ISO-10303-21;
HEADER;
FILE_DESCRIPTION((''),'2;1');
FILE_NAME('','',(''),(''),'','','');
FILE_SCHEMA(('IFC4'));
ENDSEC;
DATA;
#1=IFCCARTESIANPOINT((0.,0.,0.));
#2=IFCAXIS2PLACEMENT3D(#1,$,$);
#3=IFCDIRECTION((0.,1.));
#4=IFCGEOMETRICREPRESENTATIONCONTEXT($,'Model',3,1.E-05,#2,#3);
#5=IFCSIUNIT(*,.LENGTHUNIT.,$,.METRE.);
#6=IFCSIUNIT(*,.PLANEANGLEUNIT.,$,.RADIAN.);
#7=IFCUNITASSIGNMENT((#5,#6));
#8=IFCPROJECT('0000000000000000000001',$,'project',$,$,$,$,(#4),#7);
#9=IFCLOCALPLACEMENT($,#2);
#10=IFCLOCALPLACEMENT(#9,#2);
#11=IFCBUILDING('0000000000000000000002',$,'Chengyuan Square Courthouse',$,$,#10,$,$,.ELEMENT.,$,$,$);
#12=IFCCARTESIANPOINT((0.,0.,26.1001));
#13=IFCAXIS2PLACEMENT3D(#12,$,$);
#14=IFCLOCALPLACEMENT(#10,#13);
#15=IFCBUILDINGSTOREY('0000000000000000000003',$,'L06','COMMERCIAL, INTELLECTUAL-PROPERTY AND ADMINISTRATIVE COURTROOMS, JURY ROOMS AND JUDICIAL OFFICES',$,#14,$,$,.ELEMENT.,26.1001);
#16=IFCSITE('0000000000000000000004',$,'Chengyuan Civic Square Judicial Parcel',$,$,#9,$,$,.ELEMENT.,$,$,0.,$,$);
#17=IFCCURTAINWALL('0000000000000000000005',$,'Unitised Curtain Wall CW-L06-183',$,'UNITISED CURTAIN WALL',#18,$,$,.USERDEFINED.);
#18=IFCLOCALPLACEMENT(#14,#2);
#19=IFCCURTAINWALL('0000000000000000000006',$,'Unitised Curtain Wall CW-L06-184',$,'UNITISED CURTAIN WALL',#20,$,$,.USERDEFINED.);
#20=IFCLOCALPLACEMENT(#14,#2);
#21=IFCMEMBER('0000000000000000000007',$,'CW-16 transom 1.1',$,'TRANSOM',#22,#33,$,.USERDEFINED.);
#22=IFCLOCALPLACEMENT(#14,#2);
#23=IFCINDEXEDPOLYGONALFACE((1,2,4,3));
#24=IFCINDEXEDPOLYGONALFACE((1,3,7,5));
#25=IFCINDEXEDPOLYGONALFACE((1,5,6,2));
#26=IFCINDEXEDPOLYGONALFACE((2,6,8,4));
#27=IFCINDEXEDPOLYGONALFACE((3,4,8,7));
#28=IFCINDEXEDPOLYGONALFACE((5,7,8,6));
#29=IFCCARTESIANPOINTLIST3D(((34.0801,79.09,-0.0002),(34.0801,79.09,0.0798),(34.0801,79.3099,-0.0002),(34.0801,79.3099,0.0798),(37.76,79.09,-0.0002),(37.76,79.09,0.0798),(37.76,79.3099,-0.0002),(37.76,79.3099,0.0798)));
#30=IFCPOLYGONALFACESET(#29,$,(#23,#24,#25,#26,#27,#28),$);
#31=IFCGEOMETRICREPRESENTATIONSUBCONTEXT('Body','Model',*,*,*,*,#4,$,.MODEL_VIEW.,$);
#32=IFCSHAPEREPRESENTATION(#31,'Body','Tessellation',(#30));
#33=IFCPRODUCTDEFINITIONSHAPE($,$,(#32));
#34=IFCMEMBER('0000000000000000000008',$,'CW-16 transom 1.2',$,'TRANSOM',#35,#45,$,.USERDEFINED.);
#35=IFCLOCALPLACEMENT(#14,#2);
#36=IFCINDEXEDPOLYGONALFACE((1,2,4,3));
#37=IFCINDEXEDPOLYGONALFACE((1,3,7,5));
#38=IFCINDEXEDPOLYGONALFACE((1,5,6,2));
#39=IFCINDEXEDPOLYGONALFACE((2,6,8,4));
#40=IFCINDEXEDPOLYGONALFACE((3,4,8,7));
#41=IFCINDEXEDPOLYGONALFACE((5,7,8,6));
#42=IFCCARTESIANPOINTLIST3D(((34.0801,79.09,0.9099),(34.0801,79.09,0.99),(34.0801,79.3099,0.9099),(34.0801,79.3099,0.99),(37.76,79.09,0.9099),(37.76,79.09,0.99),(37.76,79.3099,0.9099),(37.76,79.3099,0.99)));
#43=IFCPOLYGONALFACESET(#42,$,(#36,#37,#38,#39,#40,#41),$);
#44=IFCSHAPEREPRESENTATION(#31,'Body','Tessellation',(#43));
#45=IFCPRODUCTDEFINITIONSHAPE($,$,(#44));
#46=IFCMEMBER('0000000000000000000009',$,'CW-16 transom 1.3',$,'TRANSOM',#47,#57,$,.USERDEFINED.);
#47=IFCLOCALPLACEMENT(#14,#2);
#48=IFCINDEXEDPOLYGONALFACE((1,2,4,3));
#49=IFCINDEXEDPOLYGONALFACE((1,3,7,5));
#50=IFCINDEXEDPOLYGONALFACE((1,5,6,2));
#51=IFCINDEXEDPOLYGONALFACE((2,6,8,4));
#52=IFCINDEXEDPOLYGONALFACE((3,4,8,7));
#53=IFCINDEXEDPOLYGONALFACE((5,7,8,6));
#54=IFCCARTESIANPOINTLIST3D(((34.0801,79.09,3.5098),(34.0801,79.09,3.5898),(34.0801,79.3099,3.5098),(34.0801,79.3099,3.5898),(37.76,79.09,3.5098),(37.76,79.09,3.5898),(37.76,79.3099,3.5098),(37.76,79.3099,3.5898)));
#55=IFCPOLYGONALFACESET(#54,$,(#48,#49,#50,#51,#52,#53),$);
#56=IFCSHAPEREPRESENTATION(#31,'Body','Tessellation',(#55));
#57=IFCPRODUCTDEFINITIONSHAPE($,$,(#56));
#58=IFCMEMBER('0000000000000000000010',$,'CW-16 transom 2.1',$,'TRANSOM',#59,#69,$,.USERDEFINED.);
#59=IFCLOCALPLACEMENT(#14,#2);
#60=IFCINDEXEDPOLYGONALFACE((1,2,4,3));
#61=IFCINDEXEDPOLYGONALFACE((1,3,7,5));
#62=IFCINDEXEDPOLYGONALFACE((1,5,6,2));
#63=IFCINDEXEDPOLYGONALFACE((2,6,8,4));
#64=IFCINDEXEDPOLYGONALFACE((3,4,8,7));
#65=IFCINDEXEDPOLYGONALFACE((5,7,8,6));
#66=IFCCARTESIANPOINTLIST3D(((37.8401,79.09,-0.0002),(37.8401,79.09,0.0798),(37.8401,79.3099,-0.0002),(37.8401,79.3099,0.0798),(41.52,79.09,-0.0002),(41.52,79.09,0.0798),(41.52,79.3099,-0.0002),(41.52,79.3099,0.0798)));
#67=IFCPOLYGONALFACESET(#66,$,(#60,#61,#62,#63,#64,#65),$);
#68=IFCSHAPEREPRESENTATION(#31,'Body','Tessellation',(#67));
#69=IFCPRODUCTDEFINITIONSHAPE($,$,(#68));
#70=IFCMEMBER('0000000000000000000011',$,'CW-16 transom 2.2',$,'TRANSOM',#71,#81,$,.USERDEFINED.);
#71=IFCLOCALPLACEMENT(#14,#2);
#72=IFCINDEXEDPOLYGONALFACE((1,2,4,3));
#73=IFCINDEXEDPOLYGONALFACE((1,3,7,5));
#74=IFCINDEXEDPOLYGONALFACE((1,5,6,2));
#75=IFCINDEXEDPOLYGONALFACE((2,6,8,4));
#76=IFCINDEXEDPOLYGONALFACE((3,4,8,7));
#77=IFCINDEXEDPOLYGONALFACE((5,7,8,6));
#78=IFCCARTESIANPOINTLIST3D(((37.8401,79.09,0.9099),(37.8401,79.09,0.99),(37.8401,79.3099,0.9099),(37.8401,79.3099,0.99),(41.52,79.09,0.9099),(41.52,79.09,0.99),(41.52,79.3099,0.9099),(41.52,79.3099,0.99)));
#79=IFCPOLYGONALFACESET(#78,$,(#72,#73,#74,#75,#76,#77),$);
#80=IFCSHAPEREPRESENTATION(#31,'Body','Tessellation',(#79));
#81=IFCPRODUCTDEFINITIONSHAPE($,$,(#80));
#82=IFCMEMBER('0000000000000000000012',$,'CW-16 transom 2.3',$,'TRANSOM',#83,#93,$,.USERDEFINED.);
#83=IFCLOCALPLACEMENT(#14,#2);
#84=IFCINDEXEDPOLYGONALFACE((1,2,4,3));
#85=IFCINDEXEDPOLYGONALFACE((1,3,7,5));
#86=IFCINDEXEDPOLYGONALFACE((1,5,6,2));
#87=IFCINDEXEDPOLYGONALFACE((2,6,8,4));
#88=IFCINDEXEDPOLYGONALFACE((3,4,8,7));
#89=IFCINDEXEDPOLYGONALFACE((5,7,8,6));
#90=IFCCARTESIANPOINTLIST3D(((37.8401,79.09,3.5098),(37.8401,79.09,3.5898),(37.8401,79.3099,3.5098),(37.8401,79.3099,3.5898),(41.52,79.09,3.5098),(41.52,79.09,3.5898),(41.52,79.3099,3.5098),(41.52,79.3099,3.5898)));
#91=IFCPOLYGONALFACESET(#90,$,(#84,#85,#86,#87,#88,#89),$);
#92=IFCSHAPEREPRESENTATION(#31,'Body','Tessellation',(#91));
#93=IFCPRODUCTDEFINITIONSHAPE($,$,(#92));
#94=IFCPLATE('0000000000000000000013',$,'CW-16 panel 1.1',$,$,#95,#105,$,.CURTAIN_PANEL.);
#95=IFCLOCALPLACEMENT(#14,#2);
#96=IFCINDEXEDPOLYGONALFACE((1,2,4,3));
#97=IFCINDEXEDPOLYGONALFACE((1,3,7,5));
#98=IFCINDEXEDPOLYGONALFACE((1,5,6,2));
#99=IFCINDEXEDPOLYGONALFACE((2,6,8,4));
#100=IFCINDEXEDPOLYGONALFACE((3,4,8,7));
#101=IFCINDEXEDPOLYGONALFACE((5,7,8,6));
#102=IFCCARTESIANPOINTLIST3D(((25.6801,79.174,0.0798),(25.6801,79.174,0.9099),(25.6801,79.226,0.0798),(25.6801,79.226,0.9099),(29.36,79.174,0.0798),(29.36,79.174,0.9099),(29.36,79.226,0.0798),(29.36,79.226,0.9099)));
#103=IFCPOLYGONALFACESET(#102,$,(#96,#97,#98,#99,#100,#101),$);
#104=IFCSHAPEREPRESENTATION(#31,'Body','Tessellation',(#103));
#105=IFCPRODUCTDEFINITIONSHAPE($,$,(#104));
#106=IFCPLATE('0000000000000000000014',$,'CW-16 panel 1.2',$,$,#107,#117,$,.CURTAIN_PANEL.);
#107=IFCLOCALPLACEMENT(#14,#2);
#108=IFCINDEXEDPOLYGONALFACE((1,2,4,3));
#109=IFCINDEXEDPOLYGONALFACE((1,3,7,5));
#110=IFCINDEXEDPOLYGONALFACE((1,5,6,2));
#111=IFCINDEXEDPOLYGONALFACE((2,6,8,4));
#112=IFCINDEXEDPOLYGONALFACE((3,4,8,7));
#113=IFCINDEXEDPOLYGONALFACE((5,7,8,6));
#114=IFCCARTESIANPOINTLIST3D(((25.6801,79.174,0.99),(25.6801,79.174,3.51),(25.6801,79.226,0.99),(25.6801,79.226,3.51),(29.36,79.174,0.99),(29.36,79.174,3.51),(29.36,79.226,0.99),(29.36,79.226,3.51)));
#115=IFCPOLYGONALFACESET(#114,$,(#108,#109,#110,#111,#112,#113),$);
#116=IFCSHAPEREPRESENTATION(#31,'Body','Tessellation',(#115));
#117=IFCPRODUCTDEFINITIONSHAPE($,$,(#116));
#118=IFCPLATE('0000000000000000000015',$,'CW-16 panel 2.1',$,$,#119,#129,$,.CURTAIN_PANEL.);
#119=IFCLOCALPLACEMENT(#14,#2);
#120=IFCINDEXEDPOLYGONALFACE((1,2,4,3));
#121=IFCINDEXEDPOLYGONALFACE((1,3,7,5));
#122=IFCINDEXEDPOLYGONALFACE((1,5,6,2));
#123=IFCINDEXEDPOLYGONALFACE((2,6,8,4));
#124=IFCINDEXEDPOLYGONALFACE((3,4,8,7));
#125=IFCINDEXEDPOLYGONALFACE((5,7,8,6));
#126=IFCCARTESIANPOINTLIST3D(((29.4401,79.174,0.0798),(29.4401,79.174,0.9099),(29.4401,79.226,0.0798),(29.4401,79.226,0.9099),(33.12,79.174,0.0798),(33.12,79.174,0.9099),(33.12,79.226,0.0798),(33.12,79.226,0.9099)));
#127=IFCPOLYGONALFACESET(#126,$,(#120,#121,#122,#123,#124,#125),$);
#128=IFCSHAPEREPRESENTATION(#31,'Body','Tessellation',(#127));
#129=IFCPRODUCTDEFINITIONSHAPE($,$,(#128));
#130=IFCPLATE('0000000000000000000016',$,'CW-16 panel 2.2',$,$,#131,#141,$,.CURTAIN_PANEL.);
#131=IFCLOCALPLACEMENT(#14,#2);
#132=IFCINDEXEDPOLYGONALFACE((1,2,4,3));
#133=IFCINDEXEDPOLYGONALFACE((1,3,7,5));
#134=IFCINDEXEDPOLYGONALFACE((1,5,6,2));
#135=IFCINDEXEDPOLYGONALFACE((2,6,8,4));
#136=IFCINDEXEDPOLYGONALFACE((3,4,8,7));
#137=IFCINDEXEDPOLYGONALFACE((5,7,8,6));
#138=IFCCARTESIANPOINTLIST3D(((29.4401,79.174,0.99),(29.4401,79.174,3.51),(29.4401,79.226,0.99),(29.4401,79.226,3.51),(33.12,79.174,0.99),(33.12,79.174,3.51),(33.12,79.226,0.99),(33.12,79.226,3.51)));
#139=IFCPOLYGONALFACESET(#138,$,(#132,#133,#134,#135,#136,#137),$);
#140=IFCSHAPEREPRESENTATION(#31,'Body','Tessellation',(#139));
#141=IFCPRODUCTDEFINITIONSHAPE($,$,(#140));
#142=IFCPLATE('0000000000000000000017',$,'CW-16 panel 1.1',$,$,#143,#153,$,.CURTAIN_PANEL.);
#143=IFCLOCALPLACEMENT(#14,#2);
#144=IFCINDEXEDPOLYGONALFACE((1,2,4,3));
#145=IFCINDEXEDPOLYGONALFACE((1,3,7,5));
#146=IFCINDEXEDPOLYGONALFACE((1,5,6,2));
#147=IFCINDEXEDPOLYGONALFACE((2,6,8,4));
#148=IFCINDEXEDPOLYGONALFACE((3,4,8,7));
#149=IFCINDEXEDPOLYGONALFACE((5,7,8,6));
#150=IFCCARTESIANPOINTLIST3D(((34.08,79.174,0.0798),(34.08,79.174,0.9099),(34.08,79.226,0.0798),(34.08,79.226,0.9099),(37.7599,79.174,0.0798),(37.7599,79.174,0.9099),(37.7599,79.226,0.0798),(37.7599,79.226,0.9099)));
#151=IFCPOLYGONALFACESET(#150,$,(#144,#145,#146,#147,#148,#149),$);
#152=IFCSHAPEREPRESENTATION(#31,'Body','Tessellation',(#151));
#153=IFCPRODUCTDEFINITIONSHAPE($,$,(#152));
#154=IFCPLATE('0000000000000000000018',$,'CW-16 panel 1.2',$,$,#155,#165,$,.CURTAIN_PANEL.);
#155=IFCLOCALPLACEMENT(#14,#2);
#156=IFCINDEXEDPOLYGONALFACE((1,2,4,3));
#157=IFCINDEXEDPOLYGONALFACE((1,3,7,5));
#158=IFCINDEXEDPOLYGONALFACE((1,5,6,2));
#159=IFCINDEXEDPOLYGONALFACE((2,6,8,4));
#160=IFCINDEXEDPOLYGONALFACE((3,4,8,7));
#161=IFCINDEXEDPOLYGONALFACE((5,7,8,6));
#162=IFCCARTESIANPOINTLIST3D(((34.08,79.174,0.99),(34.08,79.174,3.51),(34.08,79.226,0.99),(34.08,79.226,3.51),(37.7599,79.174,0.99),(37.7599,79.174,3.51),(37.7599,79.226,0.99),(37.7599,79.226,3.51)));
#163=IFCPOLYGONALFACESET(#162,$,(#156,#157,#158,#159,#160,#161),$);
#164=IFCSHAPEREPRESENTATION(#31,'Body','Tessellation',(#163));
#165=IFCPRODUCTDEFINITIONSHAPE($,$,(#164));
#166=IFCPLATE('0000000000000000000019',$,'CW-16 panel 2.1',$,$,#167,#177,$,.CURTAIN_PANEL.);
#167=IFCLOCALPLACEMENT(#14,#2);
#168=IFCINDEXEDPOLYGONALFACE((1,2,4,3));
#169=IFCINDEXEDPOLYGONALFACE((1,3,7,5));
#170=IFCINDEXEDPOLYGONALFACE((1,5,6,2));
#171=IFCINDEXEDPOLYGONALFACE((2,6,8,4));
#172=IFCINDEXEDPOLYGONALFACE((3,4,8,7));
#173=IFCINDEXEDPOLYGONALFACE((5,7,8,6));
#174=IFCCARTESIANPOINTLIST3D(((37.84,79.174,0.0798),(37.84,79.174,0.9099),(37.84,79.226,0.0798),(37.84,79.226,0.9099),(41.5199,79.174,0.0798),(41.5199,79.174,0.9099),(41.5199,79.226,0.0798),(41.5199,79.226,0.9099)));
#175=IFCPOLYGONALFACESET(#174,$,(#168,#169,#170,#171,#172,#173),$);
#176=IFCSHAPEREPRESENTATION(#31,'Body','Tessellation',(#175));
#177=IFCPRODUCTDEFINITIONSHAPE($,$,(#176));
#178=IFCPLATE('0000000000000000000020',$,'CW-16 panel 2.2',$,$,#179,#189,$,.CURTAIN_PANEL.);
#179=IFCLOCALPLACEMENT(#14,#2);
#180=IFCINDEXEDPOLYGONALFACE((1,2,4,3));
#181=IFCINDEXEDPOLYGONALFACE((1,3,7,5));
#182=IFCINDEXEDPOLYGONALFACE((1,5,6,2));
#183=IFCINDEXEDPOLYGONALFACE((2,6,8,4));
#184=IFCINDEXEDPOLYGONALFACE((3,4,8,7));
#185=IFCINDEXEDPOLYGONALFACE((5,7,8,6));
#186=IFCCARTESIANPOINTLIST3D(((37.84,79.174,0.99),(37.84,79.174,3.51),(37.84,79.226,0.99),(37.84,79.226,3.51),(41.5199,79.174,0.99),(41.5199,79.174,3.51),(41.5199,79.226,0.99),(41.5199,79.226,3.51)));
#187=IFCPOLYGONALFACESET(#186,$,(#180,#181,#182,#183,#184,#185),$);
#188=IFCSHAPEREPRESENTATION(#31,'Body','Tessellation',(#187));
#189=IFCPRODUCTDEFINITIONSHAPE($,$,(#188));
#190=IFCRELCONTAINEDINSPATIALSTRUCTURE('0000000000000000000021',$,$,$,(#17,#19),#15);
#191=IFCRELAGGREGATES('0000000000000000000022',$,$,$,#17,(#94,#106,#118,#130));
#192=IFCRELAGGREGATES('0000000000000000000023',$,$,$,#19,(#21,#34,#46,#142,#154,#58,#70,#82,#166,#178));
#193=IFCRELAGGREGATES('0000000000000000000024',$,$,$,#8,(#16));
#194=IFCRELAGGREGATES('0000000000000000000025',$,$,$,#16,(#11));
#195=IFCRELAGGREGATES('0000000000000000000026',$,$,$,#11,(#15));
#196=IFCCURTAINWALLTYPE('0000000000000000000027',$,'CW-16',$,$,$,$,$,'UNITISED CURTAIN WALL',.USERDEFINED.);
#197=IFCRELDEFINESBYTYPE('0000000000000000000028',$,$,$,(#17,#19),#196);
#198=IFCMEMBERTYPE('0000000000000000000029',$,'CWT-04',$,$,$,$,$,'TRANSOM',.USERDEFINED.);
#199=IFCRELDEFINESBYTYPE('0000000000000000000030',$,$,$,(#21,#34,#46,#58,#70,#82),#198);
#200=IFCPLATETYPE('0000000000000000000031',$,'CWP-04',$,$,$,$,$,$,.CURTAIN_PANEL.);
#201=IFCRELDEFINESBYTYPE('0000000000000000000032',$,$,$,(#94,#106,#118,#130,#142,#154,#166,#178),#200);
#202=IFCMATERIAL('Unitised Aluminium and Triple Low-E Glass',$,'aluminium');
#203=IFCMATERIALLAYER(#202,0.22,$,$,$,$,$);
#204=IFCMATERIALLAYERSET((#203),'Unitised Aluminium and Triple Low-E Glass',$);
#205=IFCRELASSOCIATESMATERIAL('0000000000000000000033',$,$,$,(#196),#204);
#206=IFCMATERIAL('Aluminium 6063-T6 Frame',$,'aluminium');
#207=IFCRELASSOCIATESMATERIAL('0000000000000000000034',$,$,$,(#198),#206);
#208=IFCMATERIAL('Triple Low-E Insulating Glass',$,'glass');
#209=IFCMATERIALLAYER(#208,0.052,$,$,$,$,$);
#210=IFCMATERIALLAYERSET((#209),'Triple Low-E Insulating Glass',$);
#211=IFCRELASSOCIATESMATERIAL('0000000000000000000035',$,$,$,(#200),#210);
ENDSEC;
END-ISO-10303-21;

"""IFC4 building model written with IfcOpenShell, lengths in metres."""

from ifc_helpers import new_model, si_unit, direction, frame, origin, origin_2d, place, context, subcontext, project, spatial, rectangle, extrude, material, layer, layer_set, material_profile, profile_set, type_object, element, aggregate, save


model = new_model("IFC4")

# Units and contexts
model_context = context("Model", 3, precision=1e-05, world=origin(), true_north=direction((0.0, 1.0)))
body_context = subcontext(model_context, "Body", "Model", "MODEL_VIEW")
ifc_project = project(units=[si_unit("LENGTHUNIT", "METRE"), si_unit("PLANEANGLEUNIT", "RADIAN")], contexts=[model_context])

# Site, building, storey
site_placement = place(None, origin())
site = spatial("IfcSite", under=ifc_project, at=site_placement, Name="Chengyuan Civic Square Judicial Parcel", CompositionType="ELEMENT", RefElevation=0.0)
building_placement = place(site_placement, origin())
building = spatial("IfcBuilding", under=site, at=building_placement, Name="Chengyuan Square Courthouse", CompositionType="ELEMENT")
storey_placement = place(building_placement, frame((0.0, 0.0, 26.1001)))
storey = spatial("IfcBuildingStorey", under=building, at=storey_placement, Name="L06", Description="COMMERCIAL, INTELLECTUAL-PROPERTY AND ADMINISTRATIVE COURTROOMS, JURY ROOMS AND JUDICIAL OFFICES", CompositionType="ELEMENT", Elevation=26.1001)

# Curtain walls
ifc_material_1 = material(Name="Unitised Aluminium and Triple Low-E Glass", Category="aluminium")
ifc_layer_1 = layer(ifc_material_1, 0.22)
ifc_layer_set_1 = layer_set([ifc_layer_1], Name="Unitised Aluminium and Triple Low-E Glass")
curtain_wall_type = type_object("IfcCurtainWallType", Name="CW-16", ElementType="UNITISED CURTAIN WALL", PredefinedType="USERDEFINED", material=ifc_layer_set_1)
curtain_wall_1_placement = place(storey_placement, origin())
curtain_wall_1 = element("IfcCurtainWall", 1, at=curtain_wall_1_placement, inside=storey, type_object=curtain_wall_type, Name="Unitised Curtain Wall CW-L06-183", ObjectType="UNITISED CURTAIN WALL", PredefinedType="USERDEFINED")
ifc_material_2 = material(Name="Aluminium 6063-T6 Frame", Category="aluminium")
curtain_wall_2_placement = place(storey_placement, origin())
curtain_wall_2 = element("IfcCurtainWall", 2, at=curtain_wall_2_placement, inside=storey, type_object=curtain_wall_type, Name="Unitised Curtain Wall CW-L06-184", ObjectType="UNITISED CURTAIN WALL", PredefinedType="USERDEFINED")

# Members
ifc_material_profile_1 = material_profile(ifc_material_2, rectangle(XDim=0.22, YDim=0.0801, at=origin_2d()), Name="CW-TRN-80x180")
ifc_profile_set_1 = profile_set([ifc_material_profile_1], Name="Aluminium 6063-T6 Frame")
member_type_1 = type_object("IfcMemberType", Name="CWT-04", ElementType="TRANSOM", PredefinedType="USERDEFINED", material=ifc_profile_set_1)
member_1_placement = place(storey_placement, frame((34.0801, 79.2, 0.0398), z_axis=(1.0, 0.0, 0.0), x_axis=(0.0, 1.0, 0.0)))
member_1 = element("IfcMember", 3, at=member_1_placement, type_object=member_type_1, Name="CW-16 transom 1.1", ObjectType="TRANSOM", PredefinedType="USERDEFINED", context=body_context, shape_type="SweptSolid", body=[
    extrude(rectangle(XDim=0.22, YDim=0.0801, at=origin_2d()), origin(), (0.0, 0.0, 1.0), 3.6799),
])
member_2_placement = place(storey_placement, frame((34.0801, 79.2, 0.95), z_axis=(1.0, 0.0, 0.0), x_axis=(0.0, 1.0, 0.0)))
member_2 = element("IfcMember", 4, at=member_2_placement, type_object=member_type_1, Name="CW-16 transom 1.2", ObjectType="TRANSOM", PredefinedType="USERDEFINED", context=body_context, shape_type="SweptSolid", body=[
    extrude(rectangle(XDim=0.22, YDim=0.0801, at=origin_2d()), origin(), (0.0, 0.0, 1.0), 3.6799),
])
member_3_placement = place(storey_placement, frame((34.0801, 79.2, 3.5498), z_axis=(1.0, 0.0, 0.0), x_axis=(0.0, 1.0, 0.0)))
member_3 = element("IfcMember", 5, at=member_3_placement, type_object=member_type_1, Name="CW-16 transom 1.3", ObjectType="TRANSOM", PredefinedType="USERDEFINED", context=body_context, shape_type="SweptSolid", body=[
    extrude(rectangle(XDim=0.22, YDim=0.0801, at=origin_2d()), origin(), (0.0, 0.0, 1.0), 3.6799),
])
member_4_placement = place(storey_placement, frame((37.8401, 79.2, 0.0398), z_axis=(1.0, 0.0, 0.0), x_axis=(0.0, 1.0, 0.0)))
member_4 = element("IfcMember", 6, at=member_4_placement, type_object=member_type_1, Name="CW-16 transom 2.1", ObjectType="TRANSOM", PredefinedType="USERDEFINED", context=body_context, shape_type="SweptSolid", body=[
    extrude(rectangle(XDim=0.22, YDim=0.0801, at=origin_2d()), origin(), (0.0, 0.0, 1.0), 3.6799),
])
member_5_placement = place(storey_placement, frame((37.8401, 79.2, 0.95), z_axis=(1.0, 0.0, 0.0), x_axis=(0.0, 1.0, 0.0)))
member_5 = element("IfcMember", 7, at=member_5_placement, type_object=member_type_1, Name="CW-16 transom 2.2", ObjectType="TRANSOM", PredefinedType="USERDEFINED", context=body_context, shape_type="SweptSolid", body=[
    extrude(rectangle(XDim=0.22, YDim=0.0801, at=origin_2d()), origin(), (0.0, 0.0, 1.0), 3.6799),
])
member_6_placement = place(storey_placement, frame((37.8401, 79.2, 3.5498), z_axis=(1.0, 0.0, 0.0), x_axis=(0.0, 1.0, 0.0)))
member_6 = element("IfcMember", 8, at=member_6_placement, type_object=member_type_1, Name="CW-16 transom 2.3", ObjectType="TRANSOM", PredefinedType="USERDEFINED", context=body_context, shape_type="SweptSolid", body=[
    extrude(rectangle(XDim=0.22, YDim=0.0801, at=origin_2d()), origin(), (0.0, 0.0, 1.0), 3.6799),
])

# Plates
ifc_material_3 = material(Name="Triple Low-E Insulating Glass", Category="glass")
ifc_layer_2 = layer(ifc_material_3, 0.052)
ifc_layer_set_2 = layer_set([ifc_layer_2], Name="Triple Low-E Insulating Glass")
plate_type = type_object("IfcPlateType", Name="CWP-04", PredefinedType="CURTAIN_PANEL", material=ifc_layer_set_2)
plate_1_placement = place(storey_placement, frame((27.52, 79.2, 0.0798), z_axis=(0.0, 0.0, 1.0), x_axis=(1.0, 0.0, 0.0)))
plate_1 = element("IfcPlate", 9, at=plate_1_placement, type_object=plate_type, Name="CW-16 panel 1.1", PredefinedType="CURTAIN_PANEL", context=body_context, shape_type="SweptSolid", body=[
    extrude(rectangle(XDim=3.6799, YDim=0.052, at=origin_2d()), origin(), (0.0, 0.0, 1.0), 0.8301),
])
plate_2_placement = place(storey_placement, frame((27.52, 79.2, 0.99), z_axis=(0.0, 0.0, 1.0), x_axis=(1.0, 0.0, 0.0)))
plate_2 = element("IfcPlate", 10, at=plate_2_placement, type_object=plate_type, Name="CW-16 panel 1.2", PredefinedType="CURTAIN_PANEL", context=body_context, shape_type="SweptSolid", body=[
    extrude(rectangle(XDim=3.6799, YDim=0.052, at=origin_2d()), origin(), (0.0, 0.0, 1.0), 2.52),
])
plate_3_placement = place(storey_placement, frame((31.28, 79.2, 0.0798), z_axis=(0.0, 0.0, 1.0), x_axis=(1.0, 0.0, 0.0)))
plate_3 = element("IfcPlate", 11, at=plate_3_placement, type_object=plate_type, Name="CW-16 panel 2.1", PredefinedType="CURTAIN_PANEL", context=body_context, shape_type="SweptSolid", body=[
    extrude(rectangle(XDim=3.6799, YDim=0.052, at=origin_2d()), origin(), (0.0, 0.0, 1.0), 0.8301),
])
plate_4_placement = place(storey_placement, frame((31.28, 79.2, 0.99), z_axis=(0.0, 0.0, 1.0), x_axis=(1.0, 0.0, 0.0)))
plate_4 = element("IfcPlate", 12, at=plate_4_placement, type_object=plate_type, Name="CW-16 panel 2.2", PredefinedType="CURTAIN_PANEL", context=body_context, shape_type="SweptSolid", body=[
    extrude(rectangle(XDim=3.6799, YDim=0.052, at=origin_2d()), origin(), (0.0, 0.0, 1.0), 2.52),
])
aggregate(curtain_wall_1, [plate_1, plate_2, plate_3, plate_4])
plate_5_placement = place(storey_placement, frame((35.9199, 79.2, 0.0798), z_axis=(0.0, 0.0, 1.0), x_axis=(1.0, 0.0, 0.0)))
plate_5 = element("IfcPlate", 13, at=plate_5_placement, type_object=plate_type, Name="CW-16 panel 1.1", PredefinedType="CURTAIN_PANEL", context=body_context, shape_type="SweptSolid", body=[
    extrude(rectangle(XDim=3.6799, YDim=0.052, at=origin_2d()), origin(), (0.0, 0.0, 1.0), 0.8301),
])
plate_6_placement = place(storey_placement, frame((35.9199, 79.2, 0.99), z_axis=(0.0, 0.0, 1.0), x_axis=(1.0, 0.0, 0.0)))
plate_6 = element("IfcPlate", 14, at=plate_6_placement, type_object=plate_type, Name="CW-16 panel 1.2", PredefinedType="CURTAIN_PANEL", context=body_context, shape_type="SweptSolid", body=[
    extrude(rectangle(XDim=3.6799, YDim=0.052, at=origin_2d()), origin(), (0.0, 0.0, 1.0), 2.52),
])
plate_7_placement = place(storey_placement, frame((39.6799, 79.2, 0.0798), z_axis=(0.0, 0.0, 1.0), x_axis=(1.0, 0.0, 0.0)))
plate_7 = element("IfcPlate", 15, at=plate_7_placement, type_object=plate_type, Name="CW-16 panel 2.1", PredefinedType="CURTAIN_PANEL", context=body_context, shape_type="SweptSolid", body=[
    extrude(rectangle(XDim=3.6799, YDim=0.052, at=origin_2d()), origin(), (0.0, 0.0, 1.0), 0.8301),
])
plate_8_placement = place(storey_placement, frame((39.6799, 79.2, 0.99), z_axis=(0.0, 0.0, 1.0), x_axis=(1.0, 0.0, 0.0)))
plate_8 = element("IfcPlate", 16, at=plate_8_placement, type_object=plate_type, Name="CW-16 panel 2.2", PredefinedType="CURTAIN_PANEL", context=body_context, shape_type="SweptSolid", body=[
    extrude(rectangle(XDim=3.6799, YDim=0.052, at=origin_2d()), origin(), (0.0, 0.0, 1.0), 2.52),
])
aggregate(curtain_wall_2, [member_1, member_2, member_3, plate_5, plate_6, member_4, member_5, member_6, plate_7, plate_8])

save(model, "model.ifc")
